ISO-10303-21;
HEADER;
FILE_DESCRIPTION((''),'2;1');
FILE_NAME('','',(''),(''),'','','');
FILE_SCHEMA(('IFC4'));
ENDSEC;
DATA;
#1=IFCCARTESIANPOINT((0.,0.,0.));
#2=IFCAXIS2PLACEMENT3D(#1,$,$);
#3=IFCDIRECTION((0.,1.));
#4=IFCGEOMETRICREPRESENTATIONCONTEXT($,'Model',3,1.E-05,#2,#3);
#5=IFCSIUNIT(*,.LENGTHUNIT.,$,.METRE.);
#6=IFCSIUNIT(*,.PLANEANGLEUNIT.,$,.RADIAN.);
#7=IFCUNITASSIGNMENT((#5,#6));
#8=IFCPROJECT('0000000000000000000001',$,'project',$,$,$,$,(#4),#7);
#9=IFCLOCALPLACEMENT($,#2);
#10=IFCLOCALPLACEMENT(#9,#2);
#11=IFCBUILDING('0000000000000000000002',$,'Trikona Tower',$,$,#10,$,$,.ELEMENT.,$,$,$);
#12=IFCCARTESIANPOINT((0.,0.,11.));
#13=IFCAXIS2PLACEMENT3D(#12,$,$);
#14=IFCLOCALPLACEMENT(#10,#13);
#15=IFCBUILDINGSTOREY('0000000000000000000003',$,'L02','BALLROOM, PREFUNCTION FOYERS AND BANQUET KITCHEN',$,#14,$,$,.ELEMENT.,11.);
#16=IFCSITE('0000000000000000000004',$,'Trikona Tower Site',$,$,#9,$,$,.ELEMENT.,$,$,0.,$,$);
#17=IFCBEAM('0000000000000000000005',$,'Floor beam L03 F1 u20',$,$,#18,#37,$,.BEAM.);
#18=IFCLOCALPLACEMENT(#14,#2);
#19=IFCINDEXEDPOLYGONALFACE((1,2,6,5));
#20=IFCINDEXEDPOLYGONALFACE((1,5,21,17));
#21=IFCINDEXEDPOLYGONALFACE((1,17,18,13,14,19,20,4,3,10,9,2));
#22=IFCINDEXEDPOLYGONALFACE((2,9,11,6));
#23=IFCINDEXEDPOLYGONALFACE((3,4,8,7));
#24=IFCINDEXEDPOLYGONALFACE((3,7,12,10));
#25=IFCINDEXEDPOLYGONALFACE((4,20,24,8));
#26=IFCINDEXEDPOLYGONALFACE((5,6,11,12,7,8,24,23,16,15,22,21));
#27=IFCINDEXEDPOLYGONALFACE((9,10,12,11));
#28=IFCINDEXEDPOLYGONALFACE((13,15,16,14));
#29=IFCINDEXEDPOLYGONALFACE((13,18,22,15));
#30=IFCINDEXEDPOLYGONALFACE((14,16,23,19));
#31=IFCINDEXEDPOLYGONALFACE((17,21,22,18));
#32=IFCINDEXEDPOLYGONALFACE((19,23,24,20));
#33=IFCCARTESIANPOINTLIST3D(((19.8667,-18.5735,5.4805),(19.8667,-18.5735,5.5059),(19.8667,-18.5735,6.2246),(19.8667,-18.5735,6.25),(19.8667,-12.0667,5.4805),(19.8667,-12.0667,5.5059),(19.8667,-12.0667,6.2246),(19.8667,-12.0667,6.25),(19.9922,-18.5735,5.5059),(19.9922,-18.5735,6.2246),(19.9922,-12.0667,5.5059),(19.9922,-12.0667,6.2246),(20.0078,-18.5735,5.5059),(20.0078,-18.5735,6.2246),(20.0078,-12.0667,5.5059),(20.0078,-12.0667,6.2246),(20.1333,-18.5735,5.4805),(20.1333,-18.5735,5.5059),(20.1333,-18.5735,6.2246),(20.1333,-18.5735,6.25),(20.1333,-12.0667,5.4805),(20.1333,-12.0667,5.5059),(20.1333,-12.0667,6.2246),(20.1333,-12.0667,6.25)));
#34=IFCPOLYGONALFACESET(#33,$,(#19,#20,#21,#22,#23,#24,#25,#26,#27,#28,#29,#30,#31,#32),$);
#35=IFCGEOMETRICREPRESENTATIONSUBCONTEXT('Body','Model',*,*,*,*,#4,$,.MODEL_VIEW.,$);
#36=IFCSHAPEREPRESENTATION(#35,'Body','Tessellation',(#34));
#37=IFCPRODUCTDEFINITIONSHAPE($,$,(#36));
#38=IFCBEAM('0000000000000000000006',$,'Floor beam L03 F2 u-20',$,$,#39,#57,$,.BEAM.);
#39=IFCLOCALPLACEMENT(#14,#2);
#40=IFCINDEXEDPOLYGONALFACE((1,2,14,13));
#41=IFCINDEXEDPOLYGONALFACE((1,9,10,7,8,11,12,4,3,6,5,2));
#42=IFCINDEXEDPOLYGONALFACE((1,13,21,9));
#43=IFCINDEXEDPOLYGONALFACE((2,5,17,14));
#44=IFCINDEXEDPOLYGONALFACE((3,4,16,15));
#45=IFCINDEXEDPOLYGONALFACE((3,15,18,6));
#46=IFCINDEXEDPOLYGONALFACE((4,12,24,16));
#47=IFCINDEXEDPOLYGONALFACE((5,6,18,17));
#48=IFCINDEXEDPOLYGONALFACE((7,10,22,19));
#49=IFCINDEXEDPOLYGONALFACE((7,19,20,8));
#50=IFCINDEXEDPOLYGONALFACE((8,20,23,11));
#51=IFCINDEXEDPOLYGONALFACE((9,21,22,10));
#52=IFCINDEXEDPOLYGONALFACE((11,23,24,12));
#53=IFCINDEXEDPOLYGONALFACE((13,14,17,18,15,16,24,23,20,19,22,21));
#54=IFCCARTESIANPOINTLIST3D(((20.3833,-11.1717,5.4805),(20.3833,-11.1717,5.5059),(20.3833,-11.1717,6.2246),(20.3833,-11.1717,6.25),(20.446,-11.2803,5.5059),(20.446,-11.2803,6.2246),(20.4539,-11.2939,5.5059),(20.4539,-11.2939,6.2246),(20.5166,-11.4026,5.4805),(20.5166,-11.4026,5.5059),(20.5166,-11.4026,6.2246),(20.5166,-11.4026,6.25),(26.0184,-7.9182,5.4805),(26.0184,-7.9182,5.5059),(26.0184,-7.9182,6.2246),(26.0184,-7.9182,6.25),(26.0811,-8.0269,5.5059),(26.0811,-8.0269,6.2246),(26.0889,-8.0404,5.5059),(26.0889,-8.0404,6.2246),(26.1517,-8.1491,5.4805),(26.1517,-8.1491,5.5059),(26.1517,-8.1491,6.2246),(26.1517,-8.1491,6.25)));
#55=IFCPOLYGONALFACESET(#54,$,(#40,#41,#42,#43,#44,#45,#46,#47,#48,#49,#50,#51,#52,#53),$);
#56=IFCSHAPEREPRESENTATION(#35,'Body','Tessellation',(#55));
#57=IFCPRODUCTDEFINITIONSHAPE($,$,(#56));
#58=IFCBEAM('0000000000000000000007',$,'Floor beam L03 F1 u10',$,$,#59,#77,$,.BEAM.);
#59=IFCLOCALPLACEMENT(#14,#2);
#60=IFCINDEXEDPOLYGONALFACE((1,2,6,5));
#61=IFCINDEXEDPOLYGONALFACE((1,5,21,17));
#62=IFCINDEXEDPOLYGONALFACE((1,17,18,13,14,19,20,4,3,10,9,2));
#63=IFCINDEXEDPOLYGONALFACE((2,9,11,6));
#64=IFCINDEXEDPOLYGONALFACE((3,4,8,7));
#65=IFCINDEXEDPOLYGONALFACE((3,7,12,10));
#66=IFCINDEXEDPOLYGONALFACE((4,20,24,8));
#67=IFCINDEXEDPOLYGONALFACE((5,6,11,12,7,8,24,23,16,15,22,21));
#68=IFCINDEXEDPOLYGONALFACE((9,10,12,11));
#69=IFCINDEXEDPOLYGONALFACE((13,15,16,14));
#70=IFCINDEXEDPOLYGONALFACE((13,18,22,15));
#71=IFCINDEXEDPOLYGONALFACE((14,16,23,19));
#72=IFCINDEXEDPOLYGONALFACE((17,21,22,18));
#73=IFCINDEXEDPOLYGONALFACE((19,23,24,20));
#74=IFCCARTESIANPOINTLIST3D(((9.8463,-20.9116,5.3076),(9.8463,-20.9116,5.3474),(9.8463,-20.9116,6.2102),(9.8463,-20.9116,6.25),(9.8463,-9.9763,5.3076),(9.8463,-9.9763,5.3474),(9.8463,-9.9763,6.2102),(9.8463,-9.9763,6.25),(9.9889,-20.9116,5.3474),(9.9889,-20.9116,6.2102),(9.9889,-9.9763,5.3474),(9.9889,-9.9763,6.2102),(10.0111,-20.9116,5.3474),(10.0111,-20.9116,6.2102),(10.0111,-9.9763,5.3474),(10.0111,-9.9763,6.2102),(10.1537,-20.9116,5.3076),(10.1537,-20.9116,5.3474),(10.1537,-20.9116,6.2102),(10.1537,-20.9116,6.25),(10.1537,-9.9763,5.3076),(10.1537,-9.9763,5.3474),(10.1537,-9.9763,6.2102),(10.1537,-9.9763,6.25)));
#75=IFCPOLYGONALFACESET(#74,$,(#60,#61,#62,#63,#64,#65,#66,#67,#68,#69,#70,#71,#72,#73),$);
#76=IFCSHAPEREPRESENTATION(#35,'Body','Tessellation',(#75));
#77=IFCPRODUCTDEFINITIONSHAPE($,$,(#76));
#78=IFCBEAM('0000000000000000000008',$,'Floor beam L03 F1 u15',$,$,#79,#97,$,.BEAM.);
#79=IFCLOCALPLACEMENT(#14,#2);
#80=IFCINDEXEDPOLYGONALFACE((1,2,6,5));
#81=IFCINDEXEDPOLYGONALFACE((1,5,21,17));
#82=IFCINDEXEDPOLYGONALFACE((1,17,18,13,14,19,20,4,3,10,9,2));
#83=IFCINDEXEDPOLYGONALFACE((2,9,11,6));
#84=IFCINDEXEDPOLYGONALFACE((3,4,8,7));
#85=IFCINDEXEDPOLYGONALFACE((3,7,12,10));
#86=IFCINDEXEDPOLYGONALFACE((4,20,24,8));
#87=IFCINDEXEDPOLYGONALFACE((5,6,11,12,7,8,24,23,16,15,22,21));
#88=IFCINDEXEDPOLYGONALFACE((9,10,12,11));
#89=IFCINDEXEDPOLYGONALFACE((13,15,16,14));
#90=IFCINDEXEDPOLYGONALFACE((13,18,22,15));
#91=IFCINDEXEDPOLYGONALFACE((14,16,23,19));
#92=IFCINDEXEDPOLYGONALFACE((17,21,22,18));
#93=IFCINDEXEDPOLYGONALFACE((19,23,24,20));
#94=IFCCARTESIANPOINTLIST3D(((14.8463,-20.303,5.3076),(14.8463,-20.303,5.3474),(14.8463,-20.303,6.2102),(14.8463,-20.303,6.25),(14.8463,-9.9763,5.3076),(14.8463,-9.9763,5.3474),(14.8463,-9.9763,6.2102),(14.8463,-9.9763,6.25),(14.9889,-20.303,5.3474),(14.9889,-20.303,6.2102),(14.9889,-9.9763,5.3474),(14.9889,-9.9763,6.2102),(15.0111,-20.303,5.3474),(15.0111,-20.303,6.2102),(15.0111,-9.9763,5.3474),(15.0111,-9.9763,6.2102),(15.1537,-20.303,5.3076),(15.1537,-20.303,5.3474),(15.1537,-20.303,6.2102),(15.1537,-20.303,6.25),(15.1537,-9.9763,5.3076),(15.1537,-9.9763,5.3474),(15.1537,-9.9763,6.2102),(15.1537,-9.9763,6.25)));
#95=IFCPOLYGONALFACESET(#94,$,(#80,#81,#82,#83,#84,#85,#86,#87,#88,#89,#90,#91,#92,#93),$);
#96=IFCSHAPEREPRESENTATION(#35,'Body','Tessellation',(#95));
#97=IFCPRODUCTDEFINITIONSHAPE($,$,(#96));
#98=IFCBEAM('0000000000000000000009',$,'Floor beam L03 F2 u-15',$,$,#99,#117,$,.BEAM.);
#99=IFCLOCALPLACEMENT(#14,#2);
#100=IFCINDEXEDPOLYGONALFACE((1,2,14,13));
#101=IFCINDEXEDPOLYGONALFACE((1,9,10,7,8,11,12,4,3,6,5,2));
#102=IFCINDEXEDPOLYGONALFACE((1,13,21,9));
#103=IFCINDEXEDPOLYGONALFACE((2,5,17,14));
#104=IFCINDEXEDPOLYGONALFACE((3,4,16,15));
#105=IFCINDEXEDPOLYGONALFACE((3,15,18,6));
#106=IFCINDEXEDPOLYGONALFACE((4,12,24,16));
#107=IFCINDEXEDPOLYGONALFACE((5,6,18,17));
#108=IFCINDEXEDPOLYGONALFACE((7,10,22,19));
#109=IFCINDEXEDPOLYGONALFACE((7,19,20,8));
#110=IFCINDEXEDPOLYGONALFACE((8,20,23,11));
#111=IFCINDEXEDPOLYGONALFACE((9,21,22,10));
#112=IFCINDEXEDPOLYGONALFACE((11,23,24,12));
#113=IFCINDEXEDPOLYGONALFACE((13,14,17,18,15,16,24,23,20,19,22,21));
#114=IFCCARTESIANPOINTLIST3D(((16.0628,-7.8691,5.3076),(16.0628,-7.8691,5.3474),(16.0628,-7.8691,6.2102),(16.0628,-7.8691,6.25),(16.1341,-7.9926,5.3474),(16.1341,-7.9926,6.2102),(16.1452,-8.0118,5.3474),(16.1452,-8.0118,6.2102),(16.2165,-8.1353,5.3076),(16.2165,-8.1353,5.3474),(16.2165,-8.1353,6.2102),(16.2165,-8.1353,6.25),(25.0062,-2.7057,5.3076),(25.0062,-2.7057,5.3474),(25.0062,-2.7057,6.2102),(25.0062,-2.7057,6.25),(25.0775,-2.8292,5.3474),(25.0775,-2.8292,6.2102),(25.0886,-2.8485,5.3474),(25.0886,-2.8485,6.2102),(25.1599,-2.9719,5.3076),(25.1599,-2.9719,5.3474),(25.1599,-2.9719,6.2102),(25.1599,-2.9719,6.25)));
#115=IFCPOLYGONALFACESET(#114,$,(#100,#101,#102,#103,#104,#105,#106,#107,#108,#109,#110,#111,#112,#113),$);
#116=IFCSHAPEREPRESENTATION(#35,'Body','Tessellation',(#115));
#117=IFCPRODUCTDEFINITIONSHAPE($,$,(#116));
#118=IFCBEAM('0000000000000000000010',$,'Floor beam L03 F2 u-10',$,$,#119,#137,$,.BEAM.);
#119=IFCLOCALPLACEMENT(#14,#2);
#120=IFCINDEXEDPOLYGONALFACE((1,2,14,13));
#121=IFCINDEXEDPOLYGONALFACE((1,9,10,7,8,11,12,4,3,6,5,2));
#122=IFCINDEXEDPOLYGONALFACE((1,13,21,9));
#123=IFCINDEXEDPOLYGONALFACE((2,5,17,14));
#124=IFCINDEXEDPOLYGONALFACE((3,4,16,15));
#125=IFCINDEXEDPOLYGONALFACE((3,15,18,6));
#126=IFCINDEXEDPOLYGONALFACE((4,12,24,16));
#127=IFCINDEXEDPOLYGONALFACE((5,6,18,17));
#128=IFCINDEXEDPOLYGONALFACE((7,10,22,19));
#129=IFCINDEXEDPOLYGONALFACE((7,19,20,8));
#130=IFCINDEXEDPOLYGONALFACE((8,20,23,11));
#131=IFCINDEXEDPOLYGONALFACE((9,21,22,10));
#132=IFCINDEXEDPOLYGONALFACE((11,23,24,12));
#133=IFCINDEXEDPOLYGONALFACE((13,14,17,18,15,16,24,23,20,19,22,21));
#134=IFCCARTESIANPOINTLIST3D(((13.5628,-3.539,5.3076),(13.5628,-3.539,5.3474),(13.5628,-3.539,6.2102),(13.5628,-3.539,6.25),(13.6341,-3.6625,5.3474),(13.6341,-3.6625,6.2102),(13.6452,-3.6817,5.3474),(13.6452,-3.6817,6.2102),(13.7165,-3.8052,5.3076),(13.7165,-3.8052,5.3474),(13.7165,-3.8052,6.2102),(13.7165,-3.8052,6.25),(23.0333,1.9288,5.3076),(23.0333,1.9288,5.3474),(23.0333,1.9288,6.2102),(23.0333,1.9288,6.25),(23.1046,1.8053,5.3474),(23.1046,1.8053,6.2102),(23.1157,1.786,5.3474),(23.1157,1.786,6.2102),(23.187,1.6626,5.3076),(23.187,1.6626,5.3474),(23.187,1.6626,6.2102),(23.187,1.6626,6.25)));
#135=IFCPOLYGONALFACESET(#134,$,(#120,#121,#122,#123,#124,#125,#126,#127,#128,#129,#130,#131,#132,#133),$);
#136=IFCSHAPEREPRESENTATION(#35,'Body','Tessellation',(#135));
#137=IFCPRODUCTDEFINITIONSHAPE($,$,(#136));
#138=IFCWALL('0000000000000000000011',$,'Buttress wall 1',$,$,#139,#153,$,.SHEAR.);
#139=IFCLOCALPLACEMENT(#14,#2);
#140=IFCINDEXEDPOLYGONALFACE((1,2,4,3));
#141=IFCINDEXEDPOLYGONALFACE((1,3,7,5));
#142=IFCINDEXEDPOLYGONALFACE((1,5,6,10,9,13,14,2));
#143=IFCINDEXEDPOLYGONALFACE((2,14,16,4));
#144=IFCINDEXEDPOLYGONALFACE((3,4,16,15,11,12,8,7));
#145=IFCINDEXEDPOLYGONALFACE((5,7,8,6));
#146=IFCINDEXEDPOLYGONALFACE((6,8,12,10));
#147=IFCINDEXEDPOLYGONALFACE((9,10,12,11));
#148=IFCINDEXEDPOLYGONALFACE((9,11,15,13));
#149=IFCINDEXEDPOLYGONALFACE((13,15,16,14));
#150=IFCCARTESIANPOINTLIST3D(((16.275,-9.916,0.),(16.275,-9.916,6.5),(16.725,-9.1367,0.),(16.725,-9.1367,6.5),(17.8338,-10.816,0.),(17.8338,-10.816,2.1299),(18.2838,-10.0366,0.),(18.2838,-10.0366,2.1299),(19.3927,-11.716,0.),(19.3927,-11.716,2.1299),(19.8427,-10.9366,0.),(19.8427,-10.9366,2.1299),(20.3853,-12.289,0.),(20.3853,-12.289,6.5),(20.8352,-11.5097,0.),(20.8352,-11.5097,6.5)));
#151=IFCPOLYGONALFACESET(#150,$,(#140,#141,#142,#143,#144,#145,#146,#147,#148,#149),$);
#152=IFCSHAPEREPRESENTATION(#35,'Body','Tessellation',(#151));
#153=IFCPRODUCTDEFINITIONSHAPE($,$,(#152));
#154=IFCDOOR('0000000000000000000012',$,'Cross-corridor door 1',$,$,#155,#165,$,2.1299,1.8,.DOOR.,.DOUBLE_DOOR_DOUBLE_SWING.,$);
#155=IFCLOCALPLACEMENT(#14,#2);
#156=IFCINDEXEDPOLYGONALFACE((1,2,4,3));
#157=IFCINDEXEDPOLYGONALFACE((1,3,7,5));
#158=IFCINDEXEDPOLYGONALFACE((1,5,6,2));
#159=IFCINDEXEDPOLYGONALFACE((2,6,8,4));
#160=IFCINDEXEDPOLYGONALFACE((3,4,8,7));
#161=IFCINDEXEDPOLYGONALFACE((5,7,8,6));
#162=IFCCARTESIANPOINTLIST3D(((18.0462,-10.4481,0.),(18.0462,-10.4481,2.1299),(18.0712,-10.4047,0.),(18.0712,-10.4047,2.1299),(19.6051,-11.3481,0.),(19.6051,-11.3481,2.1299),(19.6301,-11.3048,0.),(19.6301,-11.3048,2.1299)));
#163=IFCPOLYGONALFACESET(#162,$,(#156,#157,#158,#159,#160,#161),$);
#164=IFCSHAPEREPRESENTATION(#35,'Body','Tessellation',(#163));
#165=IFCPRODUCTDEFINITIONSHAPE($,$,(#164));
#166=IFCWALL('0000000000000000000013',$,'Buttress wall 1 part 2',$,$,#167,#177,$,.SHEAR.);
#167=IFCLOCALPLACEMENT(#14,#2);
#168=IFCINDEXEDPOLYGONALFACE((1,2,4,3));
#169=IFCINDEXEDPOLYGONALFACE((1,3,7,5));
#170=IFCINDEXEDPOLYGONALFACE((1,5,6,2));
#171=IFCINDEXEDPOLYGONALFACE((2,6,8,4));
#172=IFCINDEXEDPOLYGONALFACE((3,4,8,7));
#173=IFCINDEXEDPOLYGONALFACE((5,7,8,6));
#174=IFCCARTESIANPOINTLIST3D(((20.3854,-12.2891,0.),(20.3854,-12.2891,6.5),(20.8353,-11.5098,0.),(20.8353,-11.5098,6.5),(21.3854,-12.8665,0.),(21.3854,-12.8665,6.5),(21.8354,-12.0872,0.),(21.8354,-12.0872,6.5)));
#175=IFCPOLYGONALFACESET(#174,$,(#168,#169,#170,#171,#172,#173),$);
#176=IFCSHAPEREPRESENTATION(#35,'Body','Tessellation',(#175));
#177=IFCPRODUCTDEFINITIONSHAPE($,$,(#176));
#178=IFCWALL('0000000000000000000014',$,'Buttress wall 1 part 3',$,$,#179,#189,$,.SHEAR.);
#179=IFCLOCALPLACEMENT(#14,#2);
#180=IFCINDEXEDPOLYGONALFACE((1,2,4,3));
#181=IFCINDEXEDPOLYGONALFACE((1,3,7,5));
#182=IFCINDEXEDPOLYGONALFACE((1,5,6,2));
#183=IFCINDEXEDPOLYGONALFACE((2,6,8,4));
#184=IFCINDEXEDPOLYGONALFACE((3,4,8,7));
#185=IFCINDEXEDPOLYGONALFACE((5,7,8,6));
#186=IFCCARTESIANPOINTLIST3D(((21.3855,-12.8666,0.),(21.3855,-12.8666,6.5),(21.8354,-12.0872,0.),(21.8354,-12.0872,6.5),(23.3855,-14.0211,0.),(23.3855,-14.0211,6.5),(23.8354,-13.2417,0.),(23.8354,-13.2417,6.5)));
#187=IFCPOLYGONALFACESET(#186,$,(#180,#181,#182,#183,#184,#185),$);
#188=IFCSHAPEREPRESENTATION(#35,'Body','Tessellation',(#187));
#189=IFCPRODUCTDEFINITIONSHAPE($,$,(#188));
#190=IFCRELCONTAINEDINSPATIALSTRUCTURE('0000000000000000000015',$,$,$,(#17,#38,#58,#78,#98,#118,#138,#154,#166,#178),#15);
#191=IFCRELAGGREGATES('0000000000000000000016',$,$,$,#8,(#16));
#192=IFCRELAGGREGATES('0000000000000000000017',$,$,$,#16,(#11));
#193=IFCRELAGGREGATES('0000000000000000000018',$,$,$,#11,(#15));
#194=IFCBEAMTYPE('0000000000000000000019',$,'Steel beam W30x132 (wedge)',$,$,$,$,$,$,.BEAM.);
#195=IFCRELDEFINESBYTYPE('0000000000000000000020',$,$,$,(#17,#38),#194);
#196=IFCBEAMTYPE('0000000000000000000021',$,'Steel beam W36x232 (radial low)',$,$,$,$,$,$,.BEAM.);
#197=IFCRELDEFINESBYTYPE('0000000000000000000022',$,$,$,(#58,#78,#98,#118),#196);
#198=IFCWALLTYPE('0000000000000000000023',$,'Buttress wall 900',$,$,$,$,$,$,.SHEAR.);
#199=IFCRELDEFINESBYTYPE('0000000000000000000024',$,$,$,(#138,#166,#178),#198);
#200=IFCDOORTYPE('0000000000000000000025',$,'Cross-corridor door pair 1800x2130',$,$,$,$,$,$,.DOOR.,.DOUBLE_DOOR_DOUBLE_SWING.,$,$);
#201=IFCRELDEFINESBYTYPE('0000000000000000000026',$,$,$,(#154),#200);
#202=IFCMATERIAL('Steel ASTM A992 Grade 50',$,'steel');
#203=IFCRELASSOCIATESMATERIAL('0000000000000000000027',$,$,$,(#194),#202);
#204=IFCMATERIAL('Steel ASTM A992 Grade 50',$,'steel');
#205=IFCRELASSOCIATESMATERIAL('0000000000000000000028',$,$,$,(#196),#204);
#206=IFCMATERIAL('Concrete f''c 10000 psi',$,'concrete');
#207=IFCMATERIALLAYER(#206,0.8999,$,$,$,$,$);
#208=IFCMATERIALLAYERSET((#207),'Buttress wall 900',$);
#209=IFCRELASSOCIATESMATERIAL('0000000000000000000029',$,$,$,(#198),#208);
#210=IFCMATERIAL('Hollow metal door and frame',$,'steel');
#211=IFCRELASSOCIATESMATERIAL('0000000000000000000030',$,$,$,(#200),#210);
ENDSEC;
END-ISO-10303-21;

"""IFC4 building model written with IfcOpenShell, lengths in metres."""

from ifc_helpers import new_model, si_unit, direction, frame, frame_2d, origin, origin_2d, place, context, subcontext, project, spatial, rectangle, i_section, extrude, material, layer, layer_set, material_profile, profile_set, type_object, element, fill, save


model = new_model("IFC4")

# Units and contexts
model_context = context("Model", 3, precision=1e-05, world=origin(), true_north=direction((0.0, 1.0)))
body_context = subcontext(model_context, "Body", "Model", "MODEL_VIEW")
ifc_project = project(units=[si_unit("LENGTHUNIT", "METRE"), si_unit("PLANEANGLEUNIT", "RADIAN")], contexts=[model_context])

# Site, building, storey
site_placement = place(None, origin())
site = spatial("IfcSite", under=ifc_project, at=site_placement, Name="Trikona Tower Site", CompositionType="ELEMENT", RefElevation=0.0)
building_placement = place(site_placement, origin())
building = spatial("IfcBuilding", under=site, at=building_placement, Name="Trikona Tower", CompositionType="ELEMENT")
storey_placement = place(building_placement, frame((0.0, 0.0, 11.0)))
storey = spatial("IfcBuildingStorey", under=building, at=storey_placement, Name="L02", Description="BALLROOM, PREFUNCTION FOYERS AND BANQUET KITCHEN", CompositionType="ELEMENT", Elevation=11.0)

# Beams
ifc_material_1 = material(Name="Steel ASTM A992 Grade 50", Category="steel")
ifc_material_profile_1 = material_profile(ifc_material_1, i_section(OverallWidth=0.2666, OverallDepth=0.7695, WebThickness=0.0156, FlangeThickness=0.0254, at=origin_2d()), Name="W30X132")
ifc_profile_set_1 = profile_set([ifc_material_profile_1], Name="Steel ASTM A992 Grade 50")
beam_type_1 = type_object("IfcBeamType", Name="Steel beam W30x132 (wedge)", PredefinedType="BEAM", material=ifc_profile_set_1)
for number, where, z_axis, x_axis, name in (
    (1, (20.0, -12.0667, 5.8652), (0.0, -1.0, 0.0), (1.0, 0.0, 0.0), "Floor beam L03 F1 u20"),
    (2, (20.45, -11.2871, 5.8652), (0.866023, 0.500005, 0.0), (-0.500005, 0.866023, 0.0), "Floor beam L03 F2 u-20"),
):
    element("IfcBeam", number, at=place(storey_placement, frame(where, z_axis=z_axis, x_axis=x_axis)), inside=storey, type_object=beam_type_1, Name=name, PredefinedType="BEAM", context=body_context, shape_type="SweptSolid", body=[
        extrude(i_section(OverallWidth=0.2666, OverallDepth=0.7695, WebThickness=0.0156, FlangeThickness=0.0254, at=origin_2d()), origin(), (0.0, 0.0, 1.0), 6.5068),
    ])
ifc_material_2 = material(Name="Steel ASTM A992 Grade 50", Category="steel")
ifc_material_profile_2 = material_profile(ifc_material_2, i_section(OverallWidth=0.3074, OverallDepth=0.9424, WebThickness=0.0222, FlangeThickness=0.0398, at=origin_2d()), Name="W36X232")
ifc_profile_set_2 = profile_set([ifc_material_profile_2], Name="Steel ASTM A992 Grade 50")
beam_type_2 = type_object("IfcBeamType", Name="Steel beam W36x232 (radial low)", PredefinedType="BEAM", material=ifc_profile_set_2)
beam_1_placement = place(storey_placement, frame((10.0, -9.9763, 5.7788), z_axis=(0.0, -1.0, 0.0), x_axis=(1.0, 0.0, 0.0)))
element("IfcBeam", 3, at=beam_1_placement, inside=storey, type_object=beam_type_2, Name="Floor beam L03 F1 u10", PredefinedType="BEAM", context=body_context, shape_type="SweptSolid", body=[
    extrude(i_section(OverallWidth=0.3074, OverallDepth=0.9424, WebThickness=0.0222, FlangeThickness=0.0398, at=origin_2d()), origin(), (0.0, 0.0, 1.0), 10.9353),
])
beam_2_placement = place(storey_placement, frame((15.0, -9.9763, 5.7788), z_axis=(0.0, -1.0, 0.0), x_axis=(1.0, 0.0, 0.0)))
element("IfcBeam", 4, at=beam_2_placement, inside=storey, type_object=beam_type_2, Name="Floor beam L03 F1 u15", PredefinedType="BEAM", context=body_context, shape_type="SweptSolid", body=[
    extrude(i_section(OverallWidth=0.3074, OverallDepth=0.9424, WebThickness=0.0222, FlangeThickness=0.0398, at=origin_2d()), origin(), (0.0, 0.0, 1.0), 10.3267),
])
beam_3_placement = place(storey_placement, frame((16.1396, -8.0022, 5.7788), z_axis=(0.86603, 0.499991, 0.0), x_axis=(-0.499991, 0.86603, 0.0)))
element("IfcBeam", 5, at=beam_3_placement, inside=storey, type_object=beam_type_2, Name="Floor beam L03 F2 u-15", PredefinedType="BEAM", context=body_context, shape_type="SweptSolid", body=[
    extrude(i_section(OverallWidth=0.3074, OverallDepth=0.9424, WebThickness=0.0222, FlangeThickness=0.0398, at=origin_2d()), origin(), (0.0, 0.0, 1.0), 10.3269),
])
beam_4_placement = place(storey_placement, frame((13.6396, -3.6721, 5.7788), z_axis=(0.866025, 0.5, 0.0), x_axis=(-0.5, 0.866025, 0.0)))
element("IfcBeam", 6, at=beam_4_placement, inside=storey, type_object=beam_type_2, Name="Floor beam L03 F2 u-10", PredefinedType="BEAM", context=body_context, shape_type="SweptSolid", body=[
    extrude(i_section(OverallWidth=0.3074, OverallDepth=0.9424, WebThickness=0.0222, FlangeThickness=0.0398, at=origin_2d()), origin(), (0.0, 0.0, 1.0), 10.9355),
])

# Wall, opening, door
ifc_material_3 = material(Name="Concrete f'c 10000 psi", Category="concrete")
ifc_layer_1 = layer(ifc_material_3, 0.8999)
ifc_layer_set_1 = layer_set([ifc_layer_1], Name="Buttress wall 900")
wall_type_1 = type_object("IfcWallType", Name="Buttress wall 900", PredefinedType="SHEAR", material=ifc_layer_set_1)
wall_1_placement = place(storey_placement, frame((16.5, -9.5264, 0.0), z_axis=(0.0, 0.0, 1.0), x_axis=(0.866031, -0.49999, 0.0)))
wall_1 = element("IfcWall", 7, at=wall_1_placement, inside=storey, type_object=wall_type_1, Name="Buttress wall 1", PredefinedType="SHEAR", context=body_context, shape_type="SweptSolid", body=[
    extrude(rectangle(XDim=4.7461, YDim=0.8999, at=frame_2d((2.373, 0.0))), origin(), (0.0, 0.0, 1.0), 6.5),
])
opening_1_placement = place(wall_1_placement, frame((1.8, 0.0, 0.0)))
opening_1 = element("IfcOpeningElement", 8, at=opening_1_placement, cuts=wall_1, PredefinedType="OPENING", context=body_context, shape_type="SweptSolid", body=[
    extrude(rectangle(XDim=1.8, YDim=2.1299, at=frame_2d((0.8999, 1.0649))), frame((0.0, 0.46, 0.0), z_axis=(0.0, -1.0, 0.0), x_axis=(1.0, 0.0, 0.0)), (0.0, 0.0, 1.0), 0.9199),
])
ifc_material_4 = material(Name="Hollow metal door and frame", Category="steel")
door_type_1 = type_object("IfcDoorType", Name="Cross-corridor door pair 1800x2130", OperationType="DOUBLE_DOOR_DOUBLE_SWING", PredefinedType="DOOR", material=ifc_material_4)
door_1_placement = place(opening_1_placement, origin())
door_1 = element("IfcDoor", 9, at=door_1_placement, inside=storey, type_object=door_type_1, Name="Cross-corridor door 1", OperationType="DOUBLE_DOOR_DOUBLE_SWING", OverallHeight=2.1299, OverallWidth=1.8, PredefinedType="DOOR", context=body_context, shape_type="SweptSolid", body=[
    extrude(rectangle(XDim=1.8, YDim=2.1299, at=frame_2d((0.8999, 1.0649))), frame((0.0, 0.0249, 0.0), z_axis=(0.0, -1.0, 0.0), x_axis=(1.0, 0.0, 0.0)), (0.0, 0.0, 1.0), 0.05),
])
fill(opening_1, door_1)

# Walls
wall_2_placement = place(storey_placement, frame((20.6104, -11.8994, 0.0), z_axis=(0.0, 0.0, 1.0), x_axis=(0.86601, -0.500027, 0.0)))
element("IfcWall", 10, at=wall_2_placement, inside=storey, type_object=wall_type_1, Name="Buttress wall 1 part 2", PredefinedType="SHEAR", context=body_context, shape_type="SweptSolid", body=[
    extrude(rectangle(XDim=1.1548, YDim=0.8999, at=frame_2d((0.5774, 0.0))), origin(), (0.0, 0.0, 1.0), 6.5),
])
for number, where, z_axis, x_axis, name in (
    (11, (21.6104, -12.4768, 0.0), (0.0, 0.0, 1.0), (0.866055, -0.499948, 0.0), "Buttress wall 1 part 3"),
):
    element("IfcWall", number, at=place(storey_placement, frame(where, z_axis=z_axis, x_axis=x_axis)), inside=storey, type_object=wall_type_1, Name=name, PredefinedType="SHEAR", context=body_context, shape_type="SweptSolid", body=[
        extrude(rectangle(XDim=2.3093, YDim=0.8999, at=frame_2d((1.1548, 0.0))), origin(), (0.0, 0.0, 1.0), 6.5),
    ])

save(model, "model.ifc")
